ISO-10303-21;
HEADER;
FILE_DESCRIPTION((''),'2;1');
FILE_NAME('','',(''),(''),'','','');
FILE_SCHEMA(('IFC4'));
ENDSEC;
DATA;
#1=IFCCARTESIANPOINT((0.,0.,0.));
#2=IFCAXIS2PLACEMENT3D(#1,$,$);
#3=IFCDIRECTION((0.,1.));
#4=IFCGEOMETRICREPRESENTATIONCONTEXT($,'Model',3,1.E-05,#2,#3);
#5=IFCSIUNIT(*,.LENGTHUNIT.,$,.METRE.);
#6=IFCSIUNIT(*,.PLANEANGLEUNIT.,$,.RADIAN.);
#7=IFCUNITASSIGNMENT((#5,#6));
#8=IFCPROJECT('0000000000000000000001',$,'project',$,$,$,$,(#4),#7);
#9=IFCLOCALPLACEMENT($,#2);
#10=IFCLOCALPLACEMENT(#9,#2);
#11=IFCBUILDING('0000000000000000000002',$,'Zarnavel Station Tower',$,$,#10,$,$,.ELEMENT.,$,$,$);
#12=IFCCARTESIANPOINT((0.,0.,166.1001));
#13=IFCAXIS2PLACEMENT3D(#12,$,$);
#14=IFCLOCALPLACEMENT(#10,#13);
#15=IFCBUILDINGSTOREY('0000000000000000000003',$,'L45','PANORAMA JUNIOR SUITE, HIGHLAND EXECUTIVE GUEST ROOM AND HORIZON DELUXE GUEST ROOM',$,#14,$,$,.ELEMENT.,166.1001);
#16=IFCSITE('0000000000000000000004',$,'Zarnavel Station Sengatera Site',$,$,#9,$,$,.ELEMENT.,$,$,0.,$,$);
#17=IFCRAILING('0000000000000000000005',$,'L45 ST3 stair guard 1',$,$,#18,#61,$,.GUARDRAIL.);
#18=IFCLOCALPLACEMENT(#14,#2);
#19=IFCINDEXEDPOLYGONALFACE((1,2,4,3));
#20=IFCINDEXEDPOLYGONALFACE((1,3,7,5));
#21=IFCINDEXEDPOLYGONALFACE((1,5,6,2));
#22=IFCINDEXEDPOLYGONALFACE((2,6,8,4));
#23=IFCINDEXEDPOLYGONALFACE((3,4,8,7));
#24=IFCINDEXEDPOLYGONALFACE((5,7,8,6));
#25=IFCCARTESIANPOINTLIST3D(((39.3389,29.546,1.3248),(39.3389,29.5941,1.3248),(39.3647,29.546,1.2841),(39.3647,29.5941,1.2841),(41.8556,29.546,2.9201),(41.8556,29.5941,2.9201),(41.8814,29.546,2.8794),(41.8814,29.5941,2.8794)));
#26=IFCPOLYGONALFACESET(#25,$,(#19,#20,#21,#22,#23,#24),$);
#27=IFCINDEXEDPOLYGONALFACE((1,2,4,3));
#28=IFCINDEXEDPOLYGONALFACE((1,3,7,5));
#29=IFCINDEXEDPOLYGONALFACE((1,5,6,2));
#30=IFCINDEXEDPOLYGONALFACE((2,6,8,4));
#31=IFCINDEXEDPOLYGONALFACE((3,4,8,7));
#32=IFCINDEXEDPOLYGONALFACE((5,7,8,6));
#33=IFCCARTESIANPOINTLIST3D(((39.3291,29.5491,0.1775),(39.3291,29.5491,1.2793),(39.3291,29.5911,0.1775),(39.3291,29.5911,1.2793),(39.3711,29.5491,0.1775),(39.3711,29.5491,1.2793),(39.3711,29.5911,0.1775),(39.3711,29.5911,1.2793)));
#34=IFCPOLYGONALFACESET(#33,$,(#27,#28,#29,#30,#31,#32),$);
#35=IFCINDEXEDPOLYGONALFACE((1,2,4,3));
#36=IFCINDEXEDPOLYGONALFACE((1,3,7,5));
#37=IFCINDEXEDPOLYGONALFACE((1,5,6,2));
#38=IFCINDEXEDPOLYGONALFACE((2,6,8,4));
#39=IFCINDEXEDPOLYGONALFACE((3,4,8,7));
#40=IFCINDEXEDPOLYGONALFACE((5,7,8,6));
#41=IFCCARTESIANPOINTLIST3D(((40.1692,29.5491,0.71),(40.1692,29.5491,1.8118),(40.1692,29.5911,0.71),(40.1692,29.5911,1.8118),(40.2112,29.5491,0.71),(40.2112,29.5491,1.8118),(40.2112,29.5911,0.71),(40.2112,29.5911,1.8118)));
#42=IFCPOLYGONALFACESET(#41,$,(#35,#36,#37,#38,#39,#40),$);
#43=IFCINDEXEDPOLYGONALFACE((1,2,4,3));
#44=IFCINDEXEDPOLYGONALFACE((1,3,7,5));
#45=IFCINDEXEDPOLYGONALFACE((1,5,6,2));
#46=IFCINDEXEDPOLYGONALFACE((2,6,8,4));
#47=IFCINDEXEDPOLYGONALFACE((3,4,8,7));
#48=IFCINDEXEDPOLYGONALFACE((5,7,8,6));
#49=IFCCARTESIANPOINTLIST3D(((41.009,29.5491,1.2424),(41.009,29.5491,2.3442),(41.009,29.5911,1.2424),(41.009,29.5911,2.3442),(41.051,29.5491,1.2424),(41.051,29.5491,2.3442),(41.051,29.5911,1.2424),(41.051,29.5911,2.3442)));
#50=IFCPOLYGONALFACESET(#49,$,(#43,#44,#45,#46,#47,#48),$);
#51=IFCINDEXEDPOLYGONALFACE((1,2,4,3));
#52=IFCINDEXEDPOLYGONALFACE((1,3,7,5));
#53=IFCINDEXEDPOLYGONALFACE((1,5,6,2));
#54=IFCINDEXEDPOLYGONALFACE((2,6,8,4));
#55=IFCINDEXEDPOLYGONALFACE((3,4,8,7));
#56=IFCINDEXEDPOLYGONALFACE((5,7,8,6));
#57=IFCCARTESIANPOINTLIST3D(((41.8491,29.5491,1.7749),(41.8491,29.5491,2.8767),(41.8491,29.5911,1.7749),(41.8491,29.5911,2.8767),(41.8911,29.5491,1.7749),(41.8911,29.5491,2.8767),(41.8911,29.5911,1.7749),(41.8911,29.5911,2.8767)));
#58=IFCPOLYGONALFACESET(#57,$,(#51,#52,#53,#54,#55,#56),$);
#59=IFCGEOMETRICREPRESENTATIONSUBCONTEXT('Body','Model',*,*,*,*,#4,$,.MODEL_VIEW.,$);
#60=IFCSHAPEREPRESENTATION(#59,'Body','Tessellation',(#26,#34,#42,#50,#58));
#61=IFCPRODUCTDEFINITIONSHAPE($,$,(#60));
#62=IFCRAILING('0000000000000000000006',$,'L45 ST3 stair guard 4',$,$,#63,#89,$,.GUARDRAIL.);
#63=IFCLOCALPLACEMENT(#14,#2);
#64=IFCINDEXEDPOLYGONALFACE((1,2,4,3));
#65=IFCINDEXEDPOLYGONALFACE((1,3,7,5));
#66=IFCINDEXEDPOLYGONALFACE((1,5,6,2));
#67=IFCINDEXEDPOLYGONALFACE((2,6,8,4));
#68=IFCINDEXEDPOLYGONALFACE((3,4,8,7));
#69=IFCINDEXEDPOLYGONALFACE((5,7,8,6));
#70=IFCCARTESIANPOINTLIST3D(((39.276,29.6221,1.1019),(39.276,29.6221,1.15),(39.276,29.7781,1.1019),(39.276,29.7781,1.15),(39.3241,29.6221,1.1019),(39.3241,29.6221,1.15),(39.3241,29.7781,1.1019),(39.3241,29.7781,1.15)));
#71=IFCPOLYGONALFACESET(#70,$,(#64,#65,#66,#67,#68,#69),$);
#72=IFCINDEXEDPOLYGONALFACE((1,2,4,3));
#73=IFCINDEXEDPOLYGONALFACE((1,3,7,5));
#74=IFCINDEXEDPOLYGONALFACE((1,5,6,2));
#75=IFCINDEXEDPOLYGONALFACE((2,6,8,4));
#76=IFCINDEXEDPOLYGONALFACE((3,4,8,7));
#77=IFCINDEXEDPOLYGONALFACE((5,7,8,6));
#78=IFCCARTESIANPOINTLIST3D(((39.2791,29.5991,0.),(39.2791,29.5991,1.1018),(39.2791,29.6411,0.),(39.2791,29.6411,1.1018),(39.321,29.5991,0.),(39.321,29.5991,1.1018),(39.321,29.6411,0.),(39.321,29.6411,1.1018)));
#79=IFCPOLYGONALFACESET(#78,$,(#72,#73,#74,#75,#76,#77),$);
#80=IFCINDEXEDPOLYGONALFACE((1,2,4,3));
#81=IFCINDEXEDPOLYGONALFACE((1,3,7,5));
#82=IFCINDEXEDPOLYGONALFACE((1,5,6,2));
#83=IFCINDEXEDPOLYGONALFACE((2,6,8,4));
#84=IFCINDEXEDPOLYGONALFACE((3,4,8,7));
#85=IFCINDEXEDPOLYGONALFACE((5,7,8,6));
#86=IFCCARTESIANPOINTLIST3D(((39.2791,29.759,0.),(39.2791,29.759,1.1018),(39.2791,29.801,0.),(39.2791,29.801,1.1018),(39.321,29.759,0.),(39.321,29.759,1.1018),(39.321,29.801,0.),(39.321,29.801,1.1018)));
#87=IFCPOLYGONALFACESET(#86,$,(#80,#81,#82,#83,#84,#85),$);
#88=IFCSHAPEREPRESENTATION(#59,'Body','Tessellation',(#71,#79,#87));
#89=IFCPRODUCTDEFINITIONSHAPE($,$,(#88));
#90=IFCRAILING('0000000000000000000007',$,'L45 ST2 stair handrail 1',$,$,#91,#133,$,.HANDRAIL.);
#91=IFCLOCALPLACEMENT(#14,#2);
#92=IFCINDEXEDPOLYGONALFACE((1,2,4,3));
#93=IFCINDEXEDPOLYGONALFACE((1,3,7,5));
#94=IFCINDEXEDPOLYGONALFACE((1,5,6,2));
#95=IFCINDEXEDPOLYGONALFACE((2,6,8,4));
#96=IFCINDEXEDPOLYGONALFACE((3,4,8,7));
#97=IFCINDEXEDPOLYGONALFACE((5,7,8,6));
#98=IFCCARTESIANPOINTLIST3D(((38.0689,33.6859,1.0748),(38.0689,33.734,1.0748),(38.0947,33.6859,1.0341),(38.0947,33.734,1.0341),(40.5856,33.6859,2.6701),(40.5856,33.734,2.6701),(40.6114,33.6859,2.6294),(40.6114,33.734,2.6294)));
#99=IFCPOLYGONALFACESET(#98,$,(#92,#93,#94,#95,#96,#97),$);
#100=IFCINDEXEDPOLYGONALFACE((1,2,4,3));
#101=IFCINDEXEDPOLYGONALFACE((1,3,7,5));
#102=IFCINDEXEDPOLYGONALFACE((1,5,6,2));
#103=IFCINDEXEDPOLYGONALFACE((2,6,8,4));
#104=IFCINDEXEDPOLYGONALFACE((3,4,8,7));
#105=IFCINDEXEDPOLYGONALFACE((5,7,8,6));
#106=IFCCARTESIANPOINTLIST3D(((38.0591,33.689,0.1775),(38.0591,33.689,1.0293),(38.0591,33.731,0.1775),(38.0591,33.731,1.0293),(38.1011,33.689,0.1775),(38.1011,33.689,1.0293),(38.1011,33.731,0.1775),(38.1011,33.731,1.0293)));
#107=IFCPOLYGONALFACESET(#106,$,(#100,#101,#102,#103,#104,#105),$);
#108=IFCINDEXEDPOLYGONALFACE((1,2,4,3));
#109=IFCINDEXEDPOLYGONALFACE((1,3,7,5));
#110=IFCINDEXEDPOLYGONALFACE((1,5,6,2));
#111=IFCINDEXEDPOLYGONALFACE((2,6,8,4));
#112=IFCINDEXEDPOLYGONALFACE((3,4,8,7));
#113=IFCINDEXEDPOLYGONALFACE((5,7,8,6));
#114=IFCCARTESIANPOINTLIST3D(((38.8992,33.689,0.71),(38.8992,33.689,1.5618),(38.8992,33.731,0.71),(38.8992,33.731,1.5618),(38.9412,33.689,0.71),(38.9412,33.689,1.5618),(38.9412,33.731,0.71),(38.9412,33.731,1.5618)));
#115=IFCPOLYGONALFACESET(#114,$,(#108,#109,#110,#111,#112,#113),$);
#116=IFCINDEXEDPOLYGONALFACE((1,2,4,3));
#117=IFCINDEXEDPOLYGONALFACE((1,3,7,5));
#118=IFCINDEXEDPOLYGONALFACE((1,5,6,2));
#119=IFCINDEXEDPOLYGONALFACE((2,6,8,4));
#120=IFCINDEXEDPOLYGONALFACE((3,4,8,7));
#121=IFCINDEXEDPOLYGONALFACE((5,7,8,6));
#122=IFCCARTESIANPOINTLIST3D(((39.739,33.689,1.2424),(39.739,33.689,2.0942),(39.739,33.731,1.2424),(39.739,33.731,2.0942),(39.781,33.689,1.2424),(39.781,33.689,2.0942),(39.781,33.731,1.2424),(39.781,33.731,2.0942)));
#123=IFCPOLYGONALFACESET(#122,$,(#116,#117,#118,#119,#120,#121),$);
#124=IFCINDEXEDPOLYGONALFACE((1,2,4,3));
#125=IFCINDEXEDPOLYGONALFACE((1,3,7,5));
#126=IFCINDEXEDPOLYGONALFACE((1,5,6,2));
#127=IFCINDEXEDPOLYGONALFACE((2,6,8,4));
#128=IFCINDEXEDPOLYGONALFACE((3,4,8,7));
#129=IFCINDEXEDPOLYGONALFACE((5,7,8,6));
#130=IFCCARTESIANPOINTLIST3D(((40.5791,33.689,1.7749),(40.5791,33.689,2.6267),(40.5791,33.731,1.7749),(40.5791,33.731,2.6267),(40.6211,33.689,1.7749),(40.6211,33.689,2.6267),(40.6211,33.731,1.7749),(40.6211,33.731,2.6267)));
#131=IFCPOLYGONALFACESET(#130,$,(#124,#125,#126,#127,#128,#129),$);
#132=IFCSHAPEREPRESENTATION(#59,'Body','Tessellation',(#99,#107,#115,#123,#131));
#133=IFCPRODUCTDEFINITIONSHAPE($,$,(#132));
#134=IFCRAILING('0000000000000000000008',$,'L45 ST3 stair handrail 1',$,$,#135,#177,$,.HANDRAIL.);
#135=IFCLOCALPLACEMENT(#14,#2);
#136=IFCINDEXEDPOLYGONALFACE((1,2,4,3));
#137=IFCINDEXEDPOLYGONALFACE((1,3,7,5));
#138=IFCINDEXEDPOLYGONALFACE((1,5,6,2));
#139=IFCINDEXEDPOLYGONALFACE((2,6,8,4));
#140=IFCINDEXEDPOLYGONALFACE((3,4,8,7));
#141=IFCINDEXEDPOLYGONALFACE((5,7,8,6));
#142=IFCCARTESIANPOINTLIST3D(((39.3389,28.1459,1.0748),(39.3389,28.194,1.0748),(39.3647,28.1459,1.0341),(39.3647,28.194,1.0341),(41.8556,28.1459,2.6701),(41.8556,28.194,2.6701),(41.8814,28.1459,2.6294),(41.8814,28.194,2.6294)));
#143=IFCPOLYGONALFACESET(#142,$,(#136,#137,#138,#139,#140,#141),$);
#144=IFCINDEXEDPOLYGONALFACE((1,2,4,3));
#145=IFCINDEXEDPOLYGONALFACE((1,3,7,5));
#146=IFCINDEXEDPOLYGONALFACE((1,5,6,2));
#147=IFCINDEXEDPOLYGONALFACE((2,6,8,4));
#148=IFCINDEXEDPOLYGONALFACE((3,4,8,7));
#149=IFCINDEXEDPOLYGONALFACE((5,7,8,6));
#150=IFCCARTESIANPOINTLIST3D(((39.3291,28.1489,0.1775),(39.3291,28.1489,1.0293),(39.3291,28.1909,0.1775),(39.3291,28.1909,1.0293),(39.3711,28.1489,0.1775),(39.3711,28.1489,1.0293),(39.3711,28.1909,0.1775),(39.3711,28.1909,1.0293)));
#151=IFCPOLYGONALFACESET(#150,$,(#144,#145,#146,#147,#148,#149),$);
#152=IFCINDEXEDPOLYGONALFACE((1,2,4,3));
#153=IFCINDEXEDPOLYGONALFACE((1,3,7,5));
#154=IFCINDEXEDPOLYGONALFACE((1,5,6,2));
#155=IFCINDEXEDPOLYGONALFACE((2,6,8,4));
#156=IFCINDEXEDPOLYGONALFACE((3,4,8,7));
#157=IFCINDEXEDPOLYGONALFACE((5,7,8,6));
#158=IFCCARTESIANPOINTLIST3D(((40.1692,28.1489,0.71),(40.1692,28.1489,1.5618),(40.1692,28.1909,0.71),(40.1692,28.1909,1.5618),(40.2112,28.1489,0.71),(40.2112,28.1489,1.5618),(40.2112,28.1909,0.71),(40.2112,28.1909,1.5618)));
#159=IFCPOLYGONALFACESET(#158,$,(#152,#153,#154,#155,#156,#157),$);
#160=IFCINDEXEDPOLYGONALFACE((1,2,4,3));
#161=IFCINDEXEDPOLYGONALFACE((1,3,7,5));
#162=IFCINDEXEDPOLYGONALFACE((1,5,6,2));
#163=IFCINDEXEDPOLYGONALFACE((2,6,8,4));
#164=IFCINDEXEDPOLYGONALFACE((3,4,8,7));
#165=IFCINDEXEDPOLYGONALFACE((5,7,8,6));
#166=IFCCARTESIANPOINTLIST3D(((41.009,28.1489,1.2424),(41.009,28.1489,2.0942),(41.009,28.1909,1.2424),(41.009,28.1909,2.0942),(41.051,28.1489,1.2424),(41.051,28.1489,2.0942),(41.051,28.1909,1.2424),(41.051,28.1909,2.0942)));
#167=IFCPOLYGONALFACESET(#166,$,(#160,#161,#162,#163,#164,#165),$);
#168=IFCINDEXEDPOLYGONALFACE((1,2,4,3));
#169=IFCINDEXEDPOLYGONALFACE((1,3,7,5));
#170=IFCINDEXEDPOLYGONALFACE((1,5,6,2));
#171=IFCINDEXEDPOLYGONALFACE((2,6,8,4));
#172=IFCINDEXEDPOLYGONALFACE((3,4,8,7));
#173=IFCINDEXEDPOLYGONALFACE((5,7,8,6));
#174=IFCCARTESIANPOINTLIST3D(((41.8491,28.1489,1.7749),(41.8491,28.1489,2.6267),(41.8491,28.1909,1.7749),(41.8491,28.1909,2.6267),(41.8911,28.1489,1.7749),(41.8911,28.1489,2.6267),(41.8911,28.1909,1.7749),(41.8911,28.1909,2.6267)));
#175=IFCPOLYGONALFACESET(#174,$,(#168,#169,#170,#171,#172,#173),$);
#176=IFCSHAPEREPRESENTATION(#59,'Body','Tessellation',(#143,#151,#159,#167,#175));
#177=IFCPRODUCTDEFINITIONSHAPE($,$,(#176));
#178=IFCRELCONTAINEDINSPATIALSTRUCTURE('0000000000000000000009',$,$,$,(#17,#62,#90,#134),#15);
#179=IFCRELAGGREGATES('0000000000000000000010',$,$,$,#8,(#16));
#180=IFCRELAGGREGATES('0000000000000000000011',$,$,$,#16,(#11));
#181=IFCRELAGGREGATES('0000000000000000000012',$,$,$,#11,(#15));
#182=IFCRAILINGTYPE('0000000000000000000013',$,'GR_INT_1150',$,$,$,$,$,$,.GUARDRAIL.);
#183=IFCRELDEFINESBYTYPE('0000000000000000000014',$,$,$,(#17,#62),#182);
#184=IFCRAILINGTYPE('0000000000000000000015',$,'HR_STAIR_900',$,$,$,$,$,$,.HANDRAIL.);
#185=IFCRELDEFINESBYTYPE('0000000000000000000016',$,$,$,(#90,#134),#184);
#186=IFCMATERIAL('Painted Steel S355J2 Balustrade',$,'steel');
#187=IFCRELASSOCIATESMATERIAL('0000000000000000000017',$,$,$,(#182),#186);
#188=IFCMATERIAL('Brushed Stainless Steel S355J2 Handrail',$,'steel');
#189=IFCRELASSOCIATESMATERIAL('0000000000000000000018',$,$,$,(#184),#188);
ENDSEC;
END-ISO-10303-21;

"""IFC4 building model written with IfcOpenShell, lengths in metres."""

from ifc_helpers import new_model, si_unit, direction, frame, origin, origin_2d, place, context, subcontext, project, spatial, rectangle, extrude, material, type_object, element, save


model = new_model("IFC4")

# Units and contexts
model_context = context("Model", 3, precision=1e-05, world=origin(), true_north=direction((0.0, 1.0)))
body_context = subcontext(model_context, "Body", "Model", "MODEL_VIEW")
ifc_project = project(units=[si_unit("LENGTHUNIT", "METRE"), si_unit("PLANEANGLEUNIT", "RADIAN")], contexts=[model_context])

# Site, building, storey
site_placement = place(None, origin())
site = spatial("IfcSite", under=ifc_project, at=site_placement, Name="Zarnavel Station Sengatera Site", CompositionType="ELEMENT", RefElevation=0.0)
building_placement = place(site_placement, origin())
building = spatial("IfcBuilding", under=site, at=building_placement, Name="Zarnavel Station Tower", CompositionType="ELEMENT")
storey_placement = place(building_placement, frame((0.0, 0.0, 166.1001)))
storey = spatial("IfcBuildingStorey", under=building, at=storey_placement, Name="L45", Description="PANORAMA JUNIOR SUITE, HIGHLAND EXECUTIVE GUEST ROOM AND HORIZON DELUXE GUEST ROOM", CompositionType="ELEMENT", Elevation=166.1001)

# Railings
ifc_material_1 = material(Name="Painted Steel S355J2 Balustrade", Category="steel")
railing_type_1 = type_object("IfcRailingType", Name="GR_INT_1150", PredefinedType="GUARDRAIL", material=ifc_material_1)
railing_1_placement = place(storey_placement, frame((39.3501, 29.5701, 0.1775)))
element("IfcRailing", 1, at=railing_1_placement, inside=storey, type_object=railing_type_1, Name="L45 ST3 stair guard 1", PredefinedType="GUARDRAIL", context=body_context, shape_type="SweptSolid", body=[
    extrude(rectangle(XDim=0.0481, YDim=0.0481, at=origin_2d()), frame((0.0017, 0.0, 1.127), z_axis=(0.844607, 0.0, 0.535387), x_axis=(0.0, 1.0, 0.0)), (0.0, 0.0, 1.0), 2.9797),
    extrude(rectangle(XDim=0.042, YDim=0.042, at=origin_2d()), origin(), (0.0, 0.0, 1.0), 1.1018),
    extrude(rectangle(XDim=0.042, YDim=0.042, at=origin_2d()), frame((0.8401, 0.0, 0.5325)), (0.0, 0.0, 1.0), 1.1018),
    extrude(rectangle(XDim=0.042, YDim=0.042, at=origin_2d()), frame((1.6799, 0.0, 1.0649)), (0.0, 0.0, 1.0), 1.1018),
    extrude(rectangle(XDim=0.042, YDim=0.042, at=origin_2d()), frame((2.52, 0.0, 1.5974)), (0.0, 0.0, 1.0), 1.1018),
])
railing_2_placement = place(storey_placement, frame((39.3, 29.6201, 0.0)))
element("IfcRailing", 2, at=railing_2_placement, inside=storey, type_object=railing_type_1, Name="L45 ST3 stair guard 4", PredefinedType="GUARDRAIL", context=body_context, shape_type="SweptSolid", body=[
    extrude(rectangle(XDim=0.0481, YDim=0.0481, at=origin_2d()), frame((0.0, 0.002, 1.126), z_axis=(0.0, 1.0, 0.0), x_axis=(-1.0, 0.0, 0.0)), (0.0, 0.0, 1.0), 0.156),
    extrude(rectangle(XDim=0.042, YDim=0.042, at=origin_2d()), origin(), (0.0, 0.0, 1.0), 1.1018),
    extrude(rectangle(XDim=0.042, YDim=0.042, at=origin_2d()), frame((0.0, 0.1599, 0.0)), (0.0, 0.0, 1.0), 1.1018),
])
ifc_material_2 = material(Name="Brushed Stainless Steel S355J2 Handrail", Category="steel")
railing_type_2 = type_object("IfcRailingType", Name="HR_STAIR_900", PredefinedType="HANDRAIL", material=ifc_material_2)
for number, where, name in (
    (3, (38.0801, 33.71, 0.1775), "L45 ST2 stair handrail 1"),
    (4, (39.3501, 28.1699, 0.1775), "L45 ST3 stair handrail 1"),
):
    element("IfcRailing", number, at=place(storey_placement, frame(where)), inside=storey, type_object=railing_type_2, Name=name, PredefinedType="HANDRAIL", context=body_context, shape_type="SweptSolid", body=[
        extrude(rectangle(XDim=0.0481, YDim=0.0481, at=origin_2d()), frame((0.0017, 0.0, 0.877), z_axis=(0.844607, 0.0, 0.535387), x_axis=(0.0, 1.0, 0.0)), (0.0, 0.0, 1.0), 2.9797),
        extrude(rectangle(XDim=0.042, YDim=0.042, at=origin_2d()), origin(), (0.0, 0.0, 1.0), 0.8518),
        extrude(rectangle(XDim=0.042, YDim=0.042, at=origin_2d()), frame((0.8401, 0.0, 0.5325)), (0.0, 0.0, 1.0), 0.8518),
        extrude(rectangle(XDim=0.042, YDim=0.042, at=origin_2d()), frame((1.6799, 0.0, 1.0649)), (0.0, 0.0, 1.0), 0.8518),
        extrude(rectangle(XDim=0.042, YDim=0.042, at=origin_2d()), frame((2.52, 0.0, 1.5974)), (0.0, 0.0, 1.0), 0.8518),
    ])

save(model, "model.ifc")
